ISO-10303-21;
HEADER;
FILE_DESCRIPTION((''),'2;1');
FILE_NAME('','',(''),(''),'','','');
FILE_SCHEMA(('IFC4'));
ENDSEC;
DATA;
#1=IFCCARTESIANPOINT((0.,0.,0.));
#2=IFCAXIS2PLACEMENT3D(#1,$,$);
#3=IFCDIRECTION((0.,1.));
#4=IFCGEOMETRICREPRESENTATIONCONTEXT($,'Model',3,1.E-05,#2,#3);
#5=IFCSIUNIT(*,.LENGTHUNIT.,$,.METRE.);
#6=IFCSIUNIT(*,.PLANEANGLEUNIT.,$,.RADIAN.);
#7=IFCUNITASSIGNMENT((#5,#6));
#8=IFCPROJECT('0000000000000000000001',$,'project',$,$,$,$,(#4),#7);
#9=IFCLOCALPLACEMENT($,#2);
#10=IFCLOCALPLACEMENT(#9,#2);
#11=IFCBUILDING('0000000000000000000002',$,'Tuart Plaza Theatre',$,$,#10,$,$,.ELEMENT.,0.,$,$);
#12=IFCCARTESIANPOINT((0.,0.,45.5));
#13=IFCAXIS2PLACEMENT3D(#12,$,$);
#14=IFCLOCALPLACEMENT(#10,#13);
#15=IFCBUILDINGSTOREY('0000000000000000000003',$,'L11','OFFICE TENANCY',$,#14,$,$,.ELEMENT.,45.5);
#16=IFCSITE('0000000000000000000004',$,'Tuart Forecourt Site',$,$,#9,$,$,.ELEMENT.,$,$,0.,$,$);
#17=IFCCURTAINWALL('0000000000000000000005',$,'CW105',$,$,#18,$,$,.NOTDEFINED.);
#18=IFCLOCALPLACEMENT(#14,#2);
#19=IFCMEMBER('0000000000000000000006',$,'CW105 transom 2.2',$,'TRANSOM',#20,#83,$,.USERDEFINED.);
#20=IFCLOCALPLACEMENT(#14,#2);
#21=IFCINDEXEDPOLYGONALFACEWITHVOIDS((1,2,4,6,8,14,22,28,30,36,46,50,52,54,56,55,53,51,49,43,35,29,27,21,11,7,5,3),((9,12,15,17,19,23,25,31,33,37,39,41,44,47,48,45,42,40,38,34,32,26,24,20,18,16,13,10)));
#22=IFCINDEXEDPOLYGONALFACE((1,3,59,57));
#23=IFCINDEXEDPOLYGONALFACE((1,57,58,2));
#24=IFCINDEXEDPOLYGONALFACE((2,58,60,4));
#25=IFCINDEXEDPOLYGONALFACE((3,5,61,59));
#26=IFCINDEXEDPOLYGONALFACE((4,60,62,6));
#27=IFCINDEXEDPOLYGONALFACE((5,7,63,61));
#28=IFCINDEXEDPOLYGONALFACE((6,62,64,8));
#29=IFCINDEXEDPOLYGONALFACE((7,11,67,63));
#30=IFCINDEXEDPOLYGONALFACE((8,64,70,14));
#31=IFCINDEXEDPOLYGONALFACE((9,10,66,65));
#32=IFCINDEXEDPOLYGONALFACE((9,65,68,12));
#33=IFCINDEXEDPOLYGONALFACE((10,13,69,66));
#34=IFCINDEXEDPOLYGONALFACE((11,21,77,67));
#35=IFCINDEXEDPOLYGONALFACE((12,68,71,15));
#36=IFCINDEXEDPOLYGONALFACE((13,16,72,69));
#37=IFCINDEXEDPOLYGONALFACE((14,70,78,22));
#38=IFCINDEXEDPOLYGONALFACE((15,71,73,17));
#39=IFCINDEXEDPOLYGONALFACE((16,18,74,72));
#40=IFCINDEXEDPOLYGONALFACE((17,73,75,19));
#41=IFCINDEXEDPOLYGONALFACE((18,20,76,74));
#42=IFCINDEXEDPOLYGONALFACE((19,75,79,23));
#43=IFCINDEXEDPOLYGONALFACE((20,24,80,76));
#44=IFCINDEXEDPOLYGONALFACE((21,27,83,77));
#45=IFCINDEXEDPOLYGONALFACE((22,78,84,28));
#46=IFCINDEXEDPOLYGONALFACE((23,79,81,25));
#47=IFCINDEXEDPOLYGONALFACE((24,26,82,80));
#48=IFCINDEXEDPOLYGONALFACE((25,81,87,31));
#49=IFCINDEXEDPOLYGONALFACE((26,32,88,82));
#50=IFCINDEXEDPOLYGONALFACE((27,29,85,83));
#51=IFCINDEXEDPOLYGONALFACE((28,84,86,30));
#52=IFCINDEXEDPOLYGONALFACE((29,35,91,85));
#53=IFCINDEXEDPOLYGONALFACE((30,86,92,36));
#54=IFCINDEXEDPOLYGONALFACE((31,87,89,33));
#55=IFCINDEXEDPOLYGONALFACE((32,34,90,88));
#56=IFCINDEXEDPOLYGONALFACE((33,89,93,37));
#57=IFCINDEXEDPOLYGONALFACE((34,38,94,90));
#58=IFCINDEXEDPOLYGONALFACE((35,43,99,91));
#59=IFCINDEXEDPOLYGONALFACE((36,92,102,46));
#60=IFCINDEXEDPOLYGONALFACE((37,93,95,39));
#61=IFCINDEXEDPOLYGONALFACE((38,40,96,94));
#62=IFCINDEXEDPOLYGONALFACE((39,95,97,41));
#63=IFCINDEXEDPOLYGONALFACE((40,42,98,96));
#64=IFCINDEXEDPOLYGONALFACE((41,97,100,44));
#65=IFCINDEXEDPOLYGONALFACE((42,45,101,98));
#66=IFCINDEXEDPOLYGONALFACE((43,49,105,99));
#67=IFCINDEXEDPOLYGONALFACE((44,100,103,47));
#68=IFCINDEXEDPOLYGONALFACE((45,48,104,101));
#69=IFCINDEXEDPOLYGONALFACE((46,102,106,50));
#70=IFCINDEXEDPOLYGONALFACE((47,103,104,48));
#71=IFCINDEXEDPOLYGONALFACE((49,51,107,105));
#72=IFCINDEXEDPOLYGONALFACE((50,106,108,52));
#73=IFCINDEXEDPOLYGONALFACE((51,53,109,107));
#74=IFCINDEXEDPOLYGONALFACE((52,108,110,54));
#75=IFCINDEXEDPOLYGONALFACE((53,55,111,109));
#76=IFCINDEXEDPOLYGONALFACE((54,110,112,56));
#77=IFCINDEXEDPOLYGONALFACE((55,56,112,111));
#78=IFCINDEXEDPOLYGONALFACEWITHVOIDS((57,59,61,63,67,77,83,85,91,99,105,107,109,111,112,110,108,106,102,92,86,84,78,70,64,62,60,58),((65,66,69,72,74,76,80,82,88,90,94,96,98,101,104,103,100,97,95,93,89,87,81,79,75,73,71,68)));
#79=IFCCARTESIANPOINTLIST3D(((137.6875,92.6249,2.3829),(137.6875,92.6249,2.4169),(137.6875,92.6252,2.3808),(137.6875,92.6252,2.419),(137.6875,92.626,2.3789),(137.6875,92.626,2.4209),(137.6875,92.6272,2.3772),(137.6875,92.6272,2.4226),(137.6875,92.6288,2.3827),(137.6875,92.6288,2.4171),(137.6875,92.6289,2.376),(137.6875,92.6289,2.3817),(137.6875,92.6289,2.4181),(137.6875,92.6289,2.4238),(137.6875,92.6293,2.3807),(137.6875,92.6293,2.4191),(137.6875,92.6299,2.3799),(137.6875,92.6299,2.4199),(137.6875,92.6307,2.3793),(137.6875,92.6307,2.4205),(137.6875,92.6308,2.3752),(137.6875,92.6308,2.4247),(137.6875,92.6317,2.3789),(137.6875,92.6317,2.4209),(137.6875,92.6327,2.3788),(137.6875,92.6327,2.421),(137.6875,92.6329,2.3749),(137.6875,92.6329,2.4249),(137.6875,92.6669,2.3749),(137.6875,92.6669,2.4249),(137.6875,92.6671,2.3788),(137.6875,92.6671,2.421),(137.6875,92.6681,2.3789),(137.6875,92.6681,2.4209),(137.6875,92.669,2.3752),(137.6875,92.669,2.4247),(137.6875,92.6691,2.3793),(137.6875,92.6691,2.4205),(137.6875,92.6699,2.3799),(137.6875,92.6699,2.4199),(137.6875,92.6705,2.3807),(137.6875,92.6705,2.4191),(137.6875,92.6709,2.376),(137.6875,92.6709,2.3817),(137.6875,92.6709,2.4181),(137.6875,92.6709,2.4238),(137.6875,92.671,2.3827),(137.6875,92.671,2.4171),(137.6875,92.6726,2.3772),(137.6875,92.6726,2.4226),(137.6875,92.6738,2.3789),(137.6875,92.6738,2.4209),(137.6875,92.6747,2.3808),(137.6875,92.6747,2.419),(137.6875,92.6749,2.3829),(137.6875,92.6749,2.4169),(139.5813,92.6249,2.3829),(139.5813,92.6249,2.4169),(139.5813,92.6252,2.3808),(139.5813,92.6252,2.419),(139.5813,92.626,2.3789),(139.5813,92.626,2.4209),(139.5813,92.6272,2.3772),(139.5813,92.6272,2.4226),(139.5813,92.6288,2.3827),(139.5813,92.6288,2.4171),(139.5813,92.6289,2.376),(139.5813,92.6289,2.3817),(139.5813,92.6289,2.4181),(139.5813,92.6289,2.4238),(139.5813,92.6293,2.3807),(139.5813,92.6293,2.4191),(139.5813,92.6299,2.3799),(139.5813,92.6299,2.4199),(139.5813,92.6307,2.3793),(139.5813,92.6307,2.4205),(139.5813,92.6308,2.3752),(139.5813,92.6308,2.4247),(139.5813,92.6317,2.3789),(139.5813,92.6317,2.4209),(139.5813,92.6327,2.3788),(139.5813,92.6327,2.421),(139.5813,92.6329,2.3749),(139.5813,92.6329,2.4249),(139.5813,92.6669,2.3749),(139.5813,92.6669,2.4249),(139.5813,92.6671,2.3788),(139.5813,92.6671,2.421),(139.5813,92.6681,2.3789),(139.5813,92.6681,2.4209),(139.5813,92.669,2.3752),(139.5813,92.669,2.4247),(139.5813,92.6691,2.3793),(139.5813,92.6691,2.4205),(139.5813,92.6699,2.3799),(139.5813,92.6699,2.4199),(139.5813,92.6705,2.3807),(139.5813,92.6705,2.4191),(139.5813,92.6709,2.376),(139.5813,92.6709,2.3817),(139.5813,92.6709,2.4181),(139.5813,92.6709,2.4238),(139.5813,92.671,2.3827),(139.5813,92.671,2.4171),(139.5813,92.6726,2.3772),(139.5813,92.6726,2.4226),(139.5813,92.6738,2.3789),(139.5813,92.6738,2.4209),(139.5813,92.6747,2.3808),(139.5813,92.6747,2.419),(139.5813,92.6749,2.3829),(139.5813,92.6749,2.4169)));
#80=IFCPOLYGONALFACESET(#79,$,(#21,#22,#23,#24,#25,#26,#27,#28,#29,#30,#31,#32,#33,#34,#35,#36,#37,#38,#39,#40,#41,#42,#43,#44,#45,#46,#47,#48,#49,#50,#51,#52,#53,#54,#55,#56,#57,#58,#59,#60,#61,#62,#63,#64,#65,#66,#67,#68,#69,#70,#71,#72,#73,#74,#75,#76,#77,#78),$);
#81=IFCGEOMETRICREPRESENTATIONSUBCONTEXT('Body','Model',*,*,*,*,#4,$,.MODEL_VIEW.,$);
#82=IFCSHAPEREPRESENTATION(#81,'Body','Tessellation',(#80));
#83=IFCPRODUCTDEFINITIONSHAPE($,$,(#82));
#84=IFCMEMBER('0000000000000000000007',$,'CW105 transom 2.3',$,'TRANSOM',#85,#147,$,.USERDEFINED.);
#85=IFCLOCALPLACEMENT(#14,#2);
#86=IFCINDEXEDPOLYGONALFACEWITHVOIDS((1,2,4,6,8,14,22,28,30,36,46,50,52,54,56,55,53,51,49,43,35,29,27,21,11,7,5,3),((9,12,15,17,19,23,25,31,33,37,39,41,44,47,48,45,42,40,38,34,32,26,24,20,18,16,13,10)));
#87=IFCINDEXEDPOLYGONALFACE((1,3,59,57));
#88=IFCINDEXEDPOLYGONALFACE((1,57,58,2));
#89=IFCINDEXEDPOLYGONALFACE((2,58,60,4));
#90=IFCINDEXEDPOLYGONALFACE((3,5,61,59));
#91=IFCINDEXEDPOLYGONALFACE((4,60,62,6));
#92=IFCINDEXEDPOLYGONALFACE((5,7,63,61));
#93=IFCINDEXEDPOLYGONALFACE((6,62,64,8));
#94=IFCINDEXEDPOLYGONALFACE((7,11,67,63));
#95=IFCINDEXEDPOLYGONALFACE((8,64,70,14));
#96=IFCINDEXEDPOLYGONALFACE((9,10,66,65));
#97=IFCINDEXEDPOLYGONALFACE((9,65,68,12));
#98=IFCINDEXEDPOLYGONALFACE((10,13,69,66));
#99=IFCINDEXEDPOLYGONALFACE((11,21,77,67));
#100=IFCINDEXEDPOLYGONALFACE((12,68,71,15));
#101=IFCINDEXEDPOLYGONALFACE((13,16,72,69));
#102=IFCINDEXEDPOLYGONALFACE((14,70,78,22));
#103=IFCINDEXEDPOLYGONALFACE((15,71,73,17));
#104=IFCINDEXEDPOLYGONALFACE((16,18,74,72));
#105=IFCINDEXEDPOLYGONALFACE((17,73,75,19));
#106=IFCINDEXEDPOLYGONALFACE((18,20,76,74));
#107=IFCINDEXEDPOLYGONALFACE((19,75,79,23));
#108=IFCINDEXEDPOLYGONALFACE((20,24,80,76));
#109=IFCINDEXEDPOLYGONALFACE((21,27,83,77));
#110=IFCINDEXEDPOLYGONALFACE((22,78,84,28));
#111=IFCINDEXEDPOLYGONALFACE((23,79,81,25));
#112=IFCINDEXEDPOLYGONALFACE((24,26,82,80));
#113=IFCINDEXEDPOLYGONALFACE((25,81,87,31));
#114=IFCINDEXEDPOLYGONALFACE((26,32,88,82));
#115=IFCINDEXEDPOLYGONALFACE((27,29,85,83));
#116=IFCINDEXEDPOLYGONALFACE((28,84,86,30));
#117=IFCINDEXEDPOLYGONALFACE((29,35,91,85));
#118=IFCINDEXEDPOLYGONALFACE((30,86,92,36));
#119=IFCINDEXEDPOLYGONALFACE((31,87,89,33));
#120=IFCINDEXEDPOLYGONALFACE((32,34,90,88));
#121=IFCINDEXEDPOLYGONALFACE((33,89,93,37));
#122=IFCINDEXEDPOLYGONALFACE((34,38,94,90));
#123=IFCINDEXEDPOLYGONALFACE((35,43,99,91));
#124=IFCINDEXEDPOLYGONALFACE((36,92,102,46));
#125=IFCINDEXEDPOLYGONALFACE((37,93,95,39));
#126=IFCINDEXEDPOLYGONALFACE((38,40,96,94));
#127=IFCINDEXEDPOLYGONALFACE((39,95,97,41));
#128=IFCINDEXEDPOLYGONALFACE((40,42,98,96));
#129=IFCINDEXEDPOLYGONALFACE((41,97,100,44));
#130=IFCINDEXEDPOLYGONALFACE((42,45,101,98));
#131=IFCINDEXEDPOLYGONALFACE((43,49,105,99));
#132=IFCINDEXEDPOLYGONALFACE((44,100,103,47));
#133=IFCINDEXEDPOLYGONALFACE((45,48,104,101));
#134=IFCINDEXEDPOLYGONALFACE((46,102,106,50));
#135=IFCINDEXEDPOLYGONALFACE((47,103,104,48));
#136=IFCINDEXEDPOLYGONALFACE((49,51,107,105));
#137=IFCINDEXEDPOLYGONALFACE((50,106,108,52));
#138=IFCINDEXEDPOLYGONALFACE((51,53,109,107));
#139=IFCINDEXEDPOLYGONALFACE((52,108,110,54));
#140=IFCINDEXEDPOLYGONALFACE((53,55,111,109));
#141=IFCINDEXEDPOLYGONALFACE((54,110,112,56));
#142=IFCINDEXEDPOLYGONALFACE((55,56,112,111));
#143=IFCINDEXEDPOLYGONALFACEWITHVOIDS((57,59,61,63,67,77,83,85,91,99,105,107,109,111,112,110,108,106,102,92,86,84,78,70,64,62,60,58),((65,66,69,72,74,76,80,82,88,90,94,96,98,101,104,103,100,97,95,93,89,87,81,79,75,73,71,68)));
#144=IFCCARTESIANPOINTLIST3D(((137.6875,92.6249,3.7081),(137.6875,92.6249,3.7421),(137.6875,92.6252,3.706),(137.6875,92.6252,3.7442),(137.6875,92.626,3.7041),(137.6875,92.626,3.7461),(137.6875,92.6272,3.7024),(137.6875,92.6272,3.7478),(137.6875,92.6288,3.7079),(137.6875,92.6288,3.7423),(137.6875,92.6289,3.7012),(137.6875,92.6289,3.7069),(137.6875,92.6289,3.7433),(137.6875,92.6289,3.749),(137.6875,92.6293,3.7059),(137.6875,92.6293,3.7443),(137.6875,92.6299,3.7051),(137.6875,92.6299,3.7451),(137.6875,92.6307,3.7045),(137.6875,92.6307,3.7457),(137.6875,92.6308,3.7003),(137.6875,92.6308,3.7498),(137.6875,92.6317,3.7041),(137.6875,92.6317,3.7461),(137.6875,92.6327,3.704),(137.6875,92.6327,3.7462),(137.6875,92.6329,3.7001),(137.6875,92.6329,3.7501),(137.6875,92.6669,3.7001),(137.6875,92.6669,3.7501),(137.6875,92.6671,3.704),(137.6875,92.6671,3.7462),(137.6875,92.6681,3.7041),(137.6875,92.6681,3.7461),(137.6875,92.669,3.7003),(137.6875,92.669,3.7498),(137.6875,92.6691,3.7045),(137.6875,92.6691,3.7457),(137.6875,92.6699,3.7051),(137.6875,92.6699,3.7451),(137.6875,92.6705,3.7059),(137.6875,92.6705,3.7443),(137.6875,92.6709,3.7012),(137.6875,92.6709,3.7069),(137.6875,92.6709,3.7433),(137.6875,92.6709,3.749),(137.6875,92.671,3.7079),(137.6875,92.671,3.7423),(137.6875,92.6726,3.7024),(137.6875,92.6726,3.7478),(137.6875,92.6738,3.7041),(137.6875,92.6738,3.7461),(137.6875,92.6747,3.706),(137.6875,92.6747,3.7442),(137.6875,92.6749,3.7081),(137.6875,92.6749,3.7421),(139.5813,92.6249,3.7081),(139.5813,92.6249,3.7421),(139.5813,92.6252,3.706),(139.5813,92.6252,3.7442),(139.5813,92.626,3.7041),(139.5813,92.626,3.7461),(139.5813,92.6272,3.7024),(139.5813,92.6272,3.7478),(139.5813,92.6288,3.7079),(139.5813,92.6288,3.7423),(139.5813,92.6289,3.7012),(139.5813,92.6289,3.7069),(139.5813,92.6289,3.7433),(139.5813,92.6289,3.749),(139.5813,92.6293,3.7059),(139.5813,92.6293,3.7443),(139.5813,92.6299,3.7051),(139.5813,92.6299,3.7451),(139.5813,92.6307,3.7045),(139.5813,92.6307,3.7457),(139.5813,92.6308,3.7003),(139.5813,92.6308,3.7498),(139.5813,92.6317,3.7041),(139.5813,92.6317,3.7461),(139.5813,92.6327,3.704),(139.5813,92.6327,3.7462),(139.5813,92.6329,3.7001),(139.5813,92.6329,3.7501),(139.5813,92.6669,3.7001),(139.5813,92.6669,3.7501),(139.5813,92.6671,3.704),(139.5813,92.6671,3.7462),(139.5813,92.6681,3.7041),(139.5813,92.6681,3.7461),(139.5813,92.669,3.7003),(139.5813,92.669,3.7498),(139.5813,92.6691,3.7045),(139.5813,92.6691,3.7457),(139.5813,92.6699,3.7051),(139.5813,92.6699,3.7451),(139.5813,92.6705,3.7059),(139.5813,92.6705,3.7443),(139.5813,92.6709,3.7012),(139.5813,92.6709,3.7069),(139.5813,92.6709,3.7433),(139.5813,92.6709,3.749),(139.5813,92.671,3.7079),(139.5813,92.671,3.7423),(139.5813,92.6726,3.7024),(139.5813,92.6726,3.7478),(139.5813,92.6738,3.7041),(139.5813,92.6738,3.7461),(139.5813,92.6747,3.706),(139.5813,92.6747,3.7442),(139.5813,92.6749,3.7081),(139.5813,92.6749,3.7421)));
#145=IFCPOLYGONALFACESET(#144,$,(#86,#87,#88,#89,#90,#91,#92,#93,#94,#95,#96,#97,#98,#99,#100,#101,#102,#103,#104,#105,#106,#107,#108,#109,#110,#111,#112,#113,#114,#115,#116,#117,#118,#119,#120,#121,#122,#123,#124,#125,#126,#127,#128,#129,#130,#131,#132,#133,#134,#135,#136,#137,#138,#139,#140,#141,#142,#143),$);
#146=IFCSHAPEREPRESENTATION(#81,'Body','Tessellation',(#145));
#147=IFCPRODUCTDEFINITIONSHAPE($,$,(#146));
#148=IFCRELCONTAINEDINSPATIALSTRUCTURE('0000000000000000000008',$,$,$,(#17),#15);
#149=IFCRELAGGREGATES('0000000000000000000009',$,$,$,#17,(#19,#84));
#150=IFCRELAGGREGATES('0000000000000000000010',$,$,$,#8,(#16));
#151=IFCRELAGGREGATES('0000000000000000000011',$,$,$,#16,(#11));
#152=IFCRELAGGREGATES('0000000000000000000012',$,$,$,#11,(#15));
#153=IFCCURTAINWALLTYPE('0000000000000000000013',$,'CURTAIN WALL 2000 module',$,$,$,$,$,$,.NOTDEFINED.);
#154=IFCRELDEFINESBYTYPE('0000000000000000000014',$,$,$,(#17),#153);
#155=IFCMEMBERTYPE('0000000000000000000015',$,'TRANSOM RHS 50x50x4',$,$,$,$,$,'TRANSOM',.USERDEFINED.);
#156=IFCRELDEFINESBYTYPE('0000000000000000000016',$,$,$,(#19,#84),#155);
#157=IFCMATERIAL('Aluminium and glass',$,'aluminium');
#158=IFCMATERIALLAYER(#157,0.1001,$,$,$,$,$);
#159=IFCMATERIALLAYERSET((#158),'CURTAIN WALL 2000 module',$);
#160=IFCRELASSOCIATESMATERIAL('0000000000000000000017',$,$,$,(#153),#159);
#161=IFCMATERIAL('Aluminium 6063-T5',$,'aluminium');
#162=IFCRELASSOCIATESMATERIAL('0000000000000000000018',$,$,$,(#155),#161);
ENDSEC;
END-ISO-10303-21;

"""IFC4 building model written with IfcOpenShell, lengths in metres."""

from ifc_helpers import new_model, si_unit, direction, frame, origin, origin_2d, place, context, subcontext, project, spatial, hollow_rectangle, extrude, material, layer, layer_set, material_profile, profile_set, type_object, element, aggregate, save


model = new_model("IFC4")

# Units and contexts
model_context = context("Model", 3, precision=1e-05, world=origin(), true_north=direction((0.0, 1.0)))
body_context = subcontext(model_context, "Body", "Model", "MODEL_VIEW")
ifc_project = project(units=[si_unit("LENGTHUNIT", "METRE"), si_unit("PLANEANGLEUNIT", "RADIAN")], contexts=[model_context])

# Site, building, storey
site_placement = place(None, origin())
site = spatial("IfcSite", under=ifc_project, at=site_placement, Name="Tuart Forecourt Site", CompositionType="ELEMENT", RefElevation=0.0)
building_placement = place(site_placement, origin())
building = spatial("IfcBuilding", under=site, at=building_placement, Name="Tuart Plaza Theatre", CompositionType="ELEMENT", ElevationOfRefHeight=0.0)
storey_placement = place(building_placement, frame((0.0, 0.0, 45.5)))
storey = spatial("IfcBuildingStorey", under=building, at=storey_placement, Name="L11", Description="OFFICE TENANCY", CompositionType="ELEMENT", Elevation=45.5)

# Curtain wall, members
ifc_material_1 = material(Name="Aluminium and glass", Category="aluminium")
ifc_layer_1 = layer(ifc_material_1, 0.1001)
ifc_layer_set_1 = layer_set([ifc_layer_1], Name="CURTAIN WALL 2000 module")
curtain_wall_type = type_object("IfcCurtainWallType", Name="CURTAIN WALL 2000 module", PredefinedType="NOTDEFINED", material=ifc_layer_set_1)
curtain_wall_placement = place(storey_placement, origin())
curtain_wall = element("IfcCurtainWall", 1, at=curtain_wall_placement, inside=storey, type_object=curtain_wall_type, Name="CW105", PredefinedType="NOTDEFINED")
ifc_material_2 = material(Name="Aluminium 6063-T5", Category="aluminium")
ifc_material_profile_1 = material_profile(ifc_material_2, hollow_rectangle(XDim=0.05, YDim=0.05, WallThickness=0.0039, InnerFilletRadius=0.0039, OuterFilletRadius=0.0081, at=origin_2d()), Name="RHS 50x50x4")
ifc_profile_set_1 = profile_set([ifc_material_profile_1], Name="Aluminium 6063-T5")
member_type_1 = type_object("IfcMemberType", Name="TRANSOM RHS 50x50x4", ElementType="TRANSOM", PredefinedType="USERDEFINED", material=ifc_profile_set_1)
member_1_placement = place(storey_placement, frame((139.5813, 92.6499, 2.3999), z_axis=(-1.0, 0.0, 0.0), x_axis=(0.0, -1.0, 0.0)))
member_1 = element("IfcMember", 2, at=member_1_placement, type_object=member_type_1, Name="CW105 transom 2.2", ObjectType="TRANSOM", PredefinedType="USERDEFINED", context=body_context, shape_type="SweptSolid", body=[
    extrude(hollow_rectangle(XDim=0.05, YDim=0.05, WallThickness=0.0039, InnerFilletRadius=0.0039, OuterFilletRadius=0.0081, at=origin_2d()), origin(), (0.0, 0.0, 1.0), 1.8938),
])
member_2_placement = place(storey_placement, frame((139.5813, 92.6499, 3.7251), z_axis=(-1.0, 0.0, 0.0), x_axis=(0.0, -1.0, 0.0)))
member_2 = element("IfcMember", 3, at=member_2_placement, type_object=member_type_1, Name="CW105 transom 2.3", ObjectType="TRANSOM", PredefinedType="USERDEFINED", context=body_context, shape_type="SweptSolid", body=[
    extrude(hollow_rectangle(XDim=0.05, YDim=0.05, WallThickness=0.0039, InnerFilletRadius=0.0039, OuterFilletRadius=0.0081, at=origin_2d()), origin(), (0.0, 0.0, 1.0), 1.8938),
])
aggregate(curtain_wall, [member_1, member_2])

save(model, "model.ifc")
